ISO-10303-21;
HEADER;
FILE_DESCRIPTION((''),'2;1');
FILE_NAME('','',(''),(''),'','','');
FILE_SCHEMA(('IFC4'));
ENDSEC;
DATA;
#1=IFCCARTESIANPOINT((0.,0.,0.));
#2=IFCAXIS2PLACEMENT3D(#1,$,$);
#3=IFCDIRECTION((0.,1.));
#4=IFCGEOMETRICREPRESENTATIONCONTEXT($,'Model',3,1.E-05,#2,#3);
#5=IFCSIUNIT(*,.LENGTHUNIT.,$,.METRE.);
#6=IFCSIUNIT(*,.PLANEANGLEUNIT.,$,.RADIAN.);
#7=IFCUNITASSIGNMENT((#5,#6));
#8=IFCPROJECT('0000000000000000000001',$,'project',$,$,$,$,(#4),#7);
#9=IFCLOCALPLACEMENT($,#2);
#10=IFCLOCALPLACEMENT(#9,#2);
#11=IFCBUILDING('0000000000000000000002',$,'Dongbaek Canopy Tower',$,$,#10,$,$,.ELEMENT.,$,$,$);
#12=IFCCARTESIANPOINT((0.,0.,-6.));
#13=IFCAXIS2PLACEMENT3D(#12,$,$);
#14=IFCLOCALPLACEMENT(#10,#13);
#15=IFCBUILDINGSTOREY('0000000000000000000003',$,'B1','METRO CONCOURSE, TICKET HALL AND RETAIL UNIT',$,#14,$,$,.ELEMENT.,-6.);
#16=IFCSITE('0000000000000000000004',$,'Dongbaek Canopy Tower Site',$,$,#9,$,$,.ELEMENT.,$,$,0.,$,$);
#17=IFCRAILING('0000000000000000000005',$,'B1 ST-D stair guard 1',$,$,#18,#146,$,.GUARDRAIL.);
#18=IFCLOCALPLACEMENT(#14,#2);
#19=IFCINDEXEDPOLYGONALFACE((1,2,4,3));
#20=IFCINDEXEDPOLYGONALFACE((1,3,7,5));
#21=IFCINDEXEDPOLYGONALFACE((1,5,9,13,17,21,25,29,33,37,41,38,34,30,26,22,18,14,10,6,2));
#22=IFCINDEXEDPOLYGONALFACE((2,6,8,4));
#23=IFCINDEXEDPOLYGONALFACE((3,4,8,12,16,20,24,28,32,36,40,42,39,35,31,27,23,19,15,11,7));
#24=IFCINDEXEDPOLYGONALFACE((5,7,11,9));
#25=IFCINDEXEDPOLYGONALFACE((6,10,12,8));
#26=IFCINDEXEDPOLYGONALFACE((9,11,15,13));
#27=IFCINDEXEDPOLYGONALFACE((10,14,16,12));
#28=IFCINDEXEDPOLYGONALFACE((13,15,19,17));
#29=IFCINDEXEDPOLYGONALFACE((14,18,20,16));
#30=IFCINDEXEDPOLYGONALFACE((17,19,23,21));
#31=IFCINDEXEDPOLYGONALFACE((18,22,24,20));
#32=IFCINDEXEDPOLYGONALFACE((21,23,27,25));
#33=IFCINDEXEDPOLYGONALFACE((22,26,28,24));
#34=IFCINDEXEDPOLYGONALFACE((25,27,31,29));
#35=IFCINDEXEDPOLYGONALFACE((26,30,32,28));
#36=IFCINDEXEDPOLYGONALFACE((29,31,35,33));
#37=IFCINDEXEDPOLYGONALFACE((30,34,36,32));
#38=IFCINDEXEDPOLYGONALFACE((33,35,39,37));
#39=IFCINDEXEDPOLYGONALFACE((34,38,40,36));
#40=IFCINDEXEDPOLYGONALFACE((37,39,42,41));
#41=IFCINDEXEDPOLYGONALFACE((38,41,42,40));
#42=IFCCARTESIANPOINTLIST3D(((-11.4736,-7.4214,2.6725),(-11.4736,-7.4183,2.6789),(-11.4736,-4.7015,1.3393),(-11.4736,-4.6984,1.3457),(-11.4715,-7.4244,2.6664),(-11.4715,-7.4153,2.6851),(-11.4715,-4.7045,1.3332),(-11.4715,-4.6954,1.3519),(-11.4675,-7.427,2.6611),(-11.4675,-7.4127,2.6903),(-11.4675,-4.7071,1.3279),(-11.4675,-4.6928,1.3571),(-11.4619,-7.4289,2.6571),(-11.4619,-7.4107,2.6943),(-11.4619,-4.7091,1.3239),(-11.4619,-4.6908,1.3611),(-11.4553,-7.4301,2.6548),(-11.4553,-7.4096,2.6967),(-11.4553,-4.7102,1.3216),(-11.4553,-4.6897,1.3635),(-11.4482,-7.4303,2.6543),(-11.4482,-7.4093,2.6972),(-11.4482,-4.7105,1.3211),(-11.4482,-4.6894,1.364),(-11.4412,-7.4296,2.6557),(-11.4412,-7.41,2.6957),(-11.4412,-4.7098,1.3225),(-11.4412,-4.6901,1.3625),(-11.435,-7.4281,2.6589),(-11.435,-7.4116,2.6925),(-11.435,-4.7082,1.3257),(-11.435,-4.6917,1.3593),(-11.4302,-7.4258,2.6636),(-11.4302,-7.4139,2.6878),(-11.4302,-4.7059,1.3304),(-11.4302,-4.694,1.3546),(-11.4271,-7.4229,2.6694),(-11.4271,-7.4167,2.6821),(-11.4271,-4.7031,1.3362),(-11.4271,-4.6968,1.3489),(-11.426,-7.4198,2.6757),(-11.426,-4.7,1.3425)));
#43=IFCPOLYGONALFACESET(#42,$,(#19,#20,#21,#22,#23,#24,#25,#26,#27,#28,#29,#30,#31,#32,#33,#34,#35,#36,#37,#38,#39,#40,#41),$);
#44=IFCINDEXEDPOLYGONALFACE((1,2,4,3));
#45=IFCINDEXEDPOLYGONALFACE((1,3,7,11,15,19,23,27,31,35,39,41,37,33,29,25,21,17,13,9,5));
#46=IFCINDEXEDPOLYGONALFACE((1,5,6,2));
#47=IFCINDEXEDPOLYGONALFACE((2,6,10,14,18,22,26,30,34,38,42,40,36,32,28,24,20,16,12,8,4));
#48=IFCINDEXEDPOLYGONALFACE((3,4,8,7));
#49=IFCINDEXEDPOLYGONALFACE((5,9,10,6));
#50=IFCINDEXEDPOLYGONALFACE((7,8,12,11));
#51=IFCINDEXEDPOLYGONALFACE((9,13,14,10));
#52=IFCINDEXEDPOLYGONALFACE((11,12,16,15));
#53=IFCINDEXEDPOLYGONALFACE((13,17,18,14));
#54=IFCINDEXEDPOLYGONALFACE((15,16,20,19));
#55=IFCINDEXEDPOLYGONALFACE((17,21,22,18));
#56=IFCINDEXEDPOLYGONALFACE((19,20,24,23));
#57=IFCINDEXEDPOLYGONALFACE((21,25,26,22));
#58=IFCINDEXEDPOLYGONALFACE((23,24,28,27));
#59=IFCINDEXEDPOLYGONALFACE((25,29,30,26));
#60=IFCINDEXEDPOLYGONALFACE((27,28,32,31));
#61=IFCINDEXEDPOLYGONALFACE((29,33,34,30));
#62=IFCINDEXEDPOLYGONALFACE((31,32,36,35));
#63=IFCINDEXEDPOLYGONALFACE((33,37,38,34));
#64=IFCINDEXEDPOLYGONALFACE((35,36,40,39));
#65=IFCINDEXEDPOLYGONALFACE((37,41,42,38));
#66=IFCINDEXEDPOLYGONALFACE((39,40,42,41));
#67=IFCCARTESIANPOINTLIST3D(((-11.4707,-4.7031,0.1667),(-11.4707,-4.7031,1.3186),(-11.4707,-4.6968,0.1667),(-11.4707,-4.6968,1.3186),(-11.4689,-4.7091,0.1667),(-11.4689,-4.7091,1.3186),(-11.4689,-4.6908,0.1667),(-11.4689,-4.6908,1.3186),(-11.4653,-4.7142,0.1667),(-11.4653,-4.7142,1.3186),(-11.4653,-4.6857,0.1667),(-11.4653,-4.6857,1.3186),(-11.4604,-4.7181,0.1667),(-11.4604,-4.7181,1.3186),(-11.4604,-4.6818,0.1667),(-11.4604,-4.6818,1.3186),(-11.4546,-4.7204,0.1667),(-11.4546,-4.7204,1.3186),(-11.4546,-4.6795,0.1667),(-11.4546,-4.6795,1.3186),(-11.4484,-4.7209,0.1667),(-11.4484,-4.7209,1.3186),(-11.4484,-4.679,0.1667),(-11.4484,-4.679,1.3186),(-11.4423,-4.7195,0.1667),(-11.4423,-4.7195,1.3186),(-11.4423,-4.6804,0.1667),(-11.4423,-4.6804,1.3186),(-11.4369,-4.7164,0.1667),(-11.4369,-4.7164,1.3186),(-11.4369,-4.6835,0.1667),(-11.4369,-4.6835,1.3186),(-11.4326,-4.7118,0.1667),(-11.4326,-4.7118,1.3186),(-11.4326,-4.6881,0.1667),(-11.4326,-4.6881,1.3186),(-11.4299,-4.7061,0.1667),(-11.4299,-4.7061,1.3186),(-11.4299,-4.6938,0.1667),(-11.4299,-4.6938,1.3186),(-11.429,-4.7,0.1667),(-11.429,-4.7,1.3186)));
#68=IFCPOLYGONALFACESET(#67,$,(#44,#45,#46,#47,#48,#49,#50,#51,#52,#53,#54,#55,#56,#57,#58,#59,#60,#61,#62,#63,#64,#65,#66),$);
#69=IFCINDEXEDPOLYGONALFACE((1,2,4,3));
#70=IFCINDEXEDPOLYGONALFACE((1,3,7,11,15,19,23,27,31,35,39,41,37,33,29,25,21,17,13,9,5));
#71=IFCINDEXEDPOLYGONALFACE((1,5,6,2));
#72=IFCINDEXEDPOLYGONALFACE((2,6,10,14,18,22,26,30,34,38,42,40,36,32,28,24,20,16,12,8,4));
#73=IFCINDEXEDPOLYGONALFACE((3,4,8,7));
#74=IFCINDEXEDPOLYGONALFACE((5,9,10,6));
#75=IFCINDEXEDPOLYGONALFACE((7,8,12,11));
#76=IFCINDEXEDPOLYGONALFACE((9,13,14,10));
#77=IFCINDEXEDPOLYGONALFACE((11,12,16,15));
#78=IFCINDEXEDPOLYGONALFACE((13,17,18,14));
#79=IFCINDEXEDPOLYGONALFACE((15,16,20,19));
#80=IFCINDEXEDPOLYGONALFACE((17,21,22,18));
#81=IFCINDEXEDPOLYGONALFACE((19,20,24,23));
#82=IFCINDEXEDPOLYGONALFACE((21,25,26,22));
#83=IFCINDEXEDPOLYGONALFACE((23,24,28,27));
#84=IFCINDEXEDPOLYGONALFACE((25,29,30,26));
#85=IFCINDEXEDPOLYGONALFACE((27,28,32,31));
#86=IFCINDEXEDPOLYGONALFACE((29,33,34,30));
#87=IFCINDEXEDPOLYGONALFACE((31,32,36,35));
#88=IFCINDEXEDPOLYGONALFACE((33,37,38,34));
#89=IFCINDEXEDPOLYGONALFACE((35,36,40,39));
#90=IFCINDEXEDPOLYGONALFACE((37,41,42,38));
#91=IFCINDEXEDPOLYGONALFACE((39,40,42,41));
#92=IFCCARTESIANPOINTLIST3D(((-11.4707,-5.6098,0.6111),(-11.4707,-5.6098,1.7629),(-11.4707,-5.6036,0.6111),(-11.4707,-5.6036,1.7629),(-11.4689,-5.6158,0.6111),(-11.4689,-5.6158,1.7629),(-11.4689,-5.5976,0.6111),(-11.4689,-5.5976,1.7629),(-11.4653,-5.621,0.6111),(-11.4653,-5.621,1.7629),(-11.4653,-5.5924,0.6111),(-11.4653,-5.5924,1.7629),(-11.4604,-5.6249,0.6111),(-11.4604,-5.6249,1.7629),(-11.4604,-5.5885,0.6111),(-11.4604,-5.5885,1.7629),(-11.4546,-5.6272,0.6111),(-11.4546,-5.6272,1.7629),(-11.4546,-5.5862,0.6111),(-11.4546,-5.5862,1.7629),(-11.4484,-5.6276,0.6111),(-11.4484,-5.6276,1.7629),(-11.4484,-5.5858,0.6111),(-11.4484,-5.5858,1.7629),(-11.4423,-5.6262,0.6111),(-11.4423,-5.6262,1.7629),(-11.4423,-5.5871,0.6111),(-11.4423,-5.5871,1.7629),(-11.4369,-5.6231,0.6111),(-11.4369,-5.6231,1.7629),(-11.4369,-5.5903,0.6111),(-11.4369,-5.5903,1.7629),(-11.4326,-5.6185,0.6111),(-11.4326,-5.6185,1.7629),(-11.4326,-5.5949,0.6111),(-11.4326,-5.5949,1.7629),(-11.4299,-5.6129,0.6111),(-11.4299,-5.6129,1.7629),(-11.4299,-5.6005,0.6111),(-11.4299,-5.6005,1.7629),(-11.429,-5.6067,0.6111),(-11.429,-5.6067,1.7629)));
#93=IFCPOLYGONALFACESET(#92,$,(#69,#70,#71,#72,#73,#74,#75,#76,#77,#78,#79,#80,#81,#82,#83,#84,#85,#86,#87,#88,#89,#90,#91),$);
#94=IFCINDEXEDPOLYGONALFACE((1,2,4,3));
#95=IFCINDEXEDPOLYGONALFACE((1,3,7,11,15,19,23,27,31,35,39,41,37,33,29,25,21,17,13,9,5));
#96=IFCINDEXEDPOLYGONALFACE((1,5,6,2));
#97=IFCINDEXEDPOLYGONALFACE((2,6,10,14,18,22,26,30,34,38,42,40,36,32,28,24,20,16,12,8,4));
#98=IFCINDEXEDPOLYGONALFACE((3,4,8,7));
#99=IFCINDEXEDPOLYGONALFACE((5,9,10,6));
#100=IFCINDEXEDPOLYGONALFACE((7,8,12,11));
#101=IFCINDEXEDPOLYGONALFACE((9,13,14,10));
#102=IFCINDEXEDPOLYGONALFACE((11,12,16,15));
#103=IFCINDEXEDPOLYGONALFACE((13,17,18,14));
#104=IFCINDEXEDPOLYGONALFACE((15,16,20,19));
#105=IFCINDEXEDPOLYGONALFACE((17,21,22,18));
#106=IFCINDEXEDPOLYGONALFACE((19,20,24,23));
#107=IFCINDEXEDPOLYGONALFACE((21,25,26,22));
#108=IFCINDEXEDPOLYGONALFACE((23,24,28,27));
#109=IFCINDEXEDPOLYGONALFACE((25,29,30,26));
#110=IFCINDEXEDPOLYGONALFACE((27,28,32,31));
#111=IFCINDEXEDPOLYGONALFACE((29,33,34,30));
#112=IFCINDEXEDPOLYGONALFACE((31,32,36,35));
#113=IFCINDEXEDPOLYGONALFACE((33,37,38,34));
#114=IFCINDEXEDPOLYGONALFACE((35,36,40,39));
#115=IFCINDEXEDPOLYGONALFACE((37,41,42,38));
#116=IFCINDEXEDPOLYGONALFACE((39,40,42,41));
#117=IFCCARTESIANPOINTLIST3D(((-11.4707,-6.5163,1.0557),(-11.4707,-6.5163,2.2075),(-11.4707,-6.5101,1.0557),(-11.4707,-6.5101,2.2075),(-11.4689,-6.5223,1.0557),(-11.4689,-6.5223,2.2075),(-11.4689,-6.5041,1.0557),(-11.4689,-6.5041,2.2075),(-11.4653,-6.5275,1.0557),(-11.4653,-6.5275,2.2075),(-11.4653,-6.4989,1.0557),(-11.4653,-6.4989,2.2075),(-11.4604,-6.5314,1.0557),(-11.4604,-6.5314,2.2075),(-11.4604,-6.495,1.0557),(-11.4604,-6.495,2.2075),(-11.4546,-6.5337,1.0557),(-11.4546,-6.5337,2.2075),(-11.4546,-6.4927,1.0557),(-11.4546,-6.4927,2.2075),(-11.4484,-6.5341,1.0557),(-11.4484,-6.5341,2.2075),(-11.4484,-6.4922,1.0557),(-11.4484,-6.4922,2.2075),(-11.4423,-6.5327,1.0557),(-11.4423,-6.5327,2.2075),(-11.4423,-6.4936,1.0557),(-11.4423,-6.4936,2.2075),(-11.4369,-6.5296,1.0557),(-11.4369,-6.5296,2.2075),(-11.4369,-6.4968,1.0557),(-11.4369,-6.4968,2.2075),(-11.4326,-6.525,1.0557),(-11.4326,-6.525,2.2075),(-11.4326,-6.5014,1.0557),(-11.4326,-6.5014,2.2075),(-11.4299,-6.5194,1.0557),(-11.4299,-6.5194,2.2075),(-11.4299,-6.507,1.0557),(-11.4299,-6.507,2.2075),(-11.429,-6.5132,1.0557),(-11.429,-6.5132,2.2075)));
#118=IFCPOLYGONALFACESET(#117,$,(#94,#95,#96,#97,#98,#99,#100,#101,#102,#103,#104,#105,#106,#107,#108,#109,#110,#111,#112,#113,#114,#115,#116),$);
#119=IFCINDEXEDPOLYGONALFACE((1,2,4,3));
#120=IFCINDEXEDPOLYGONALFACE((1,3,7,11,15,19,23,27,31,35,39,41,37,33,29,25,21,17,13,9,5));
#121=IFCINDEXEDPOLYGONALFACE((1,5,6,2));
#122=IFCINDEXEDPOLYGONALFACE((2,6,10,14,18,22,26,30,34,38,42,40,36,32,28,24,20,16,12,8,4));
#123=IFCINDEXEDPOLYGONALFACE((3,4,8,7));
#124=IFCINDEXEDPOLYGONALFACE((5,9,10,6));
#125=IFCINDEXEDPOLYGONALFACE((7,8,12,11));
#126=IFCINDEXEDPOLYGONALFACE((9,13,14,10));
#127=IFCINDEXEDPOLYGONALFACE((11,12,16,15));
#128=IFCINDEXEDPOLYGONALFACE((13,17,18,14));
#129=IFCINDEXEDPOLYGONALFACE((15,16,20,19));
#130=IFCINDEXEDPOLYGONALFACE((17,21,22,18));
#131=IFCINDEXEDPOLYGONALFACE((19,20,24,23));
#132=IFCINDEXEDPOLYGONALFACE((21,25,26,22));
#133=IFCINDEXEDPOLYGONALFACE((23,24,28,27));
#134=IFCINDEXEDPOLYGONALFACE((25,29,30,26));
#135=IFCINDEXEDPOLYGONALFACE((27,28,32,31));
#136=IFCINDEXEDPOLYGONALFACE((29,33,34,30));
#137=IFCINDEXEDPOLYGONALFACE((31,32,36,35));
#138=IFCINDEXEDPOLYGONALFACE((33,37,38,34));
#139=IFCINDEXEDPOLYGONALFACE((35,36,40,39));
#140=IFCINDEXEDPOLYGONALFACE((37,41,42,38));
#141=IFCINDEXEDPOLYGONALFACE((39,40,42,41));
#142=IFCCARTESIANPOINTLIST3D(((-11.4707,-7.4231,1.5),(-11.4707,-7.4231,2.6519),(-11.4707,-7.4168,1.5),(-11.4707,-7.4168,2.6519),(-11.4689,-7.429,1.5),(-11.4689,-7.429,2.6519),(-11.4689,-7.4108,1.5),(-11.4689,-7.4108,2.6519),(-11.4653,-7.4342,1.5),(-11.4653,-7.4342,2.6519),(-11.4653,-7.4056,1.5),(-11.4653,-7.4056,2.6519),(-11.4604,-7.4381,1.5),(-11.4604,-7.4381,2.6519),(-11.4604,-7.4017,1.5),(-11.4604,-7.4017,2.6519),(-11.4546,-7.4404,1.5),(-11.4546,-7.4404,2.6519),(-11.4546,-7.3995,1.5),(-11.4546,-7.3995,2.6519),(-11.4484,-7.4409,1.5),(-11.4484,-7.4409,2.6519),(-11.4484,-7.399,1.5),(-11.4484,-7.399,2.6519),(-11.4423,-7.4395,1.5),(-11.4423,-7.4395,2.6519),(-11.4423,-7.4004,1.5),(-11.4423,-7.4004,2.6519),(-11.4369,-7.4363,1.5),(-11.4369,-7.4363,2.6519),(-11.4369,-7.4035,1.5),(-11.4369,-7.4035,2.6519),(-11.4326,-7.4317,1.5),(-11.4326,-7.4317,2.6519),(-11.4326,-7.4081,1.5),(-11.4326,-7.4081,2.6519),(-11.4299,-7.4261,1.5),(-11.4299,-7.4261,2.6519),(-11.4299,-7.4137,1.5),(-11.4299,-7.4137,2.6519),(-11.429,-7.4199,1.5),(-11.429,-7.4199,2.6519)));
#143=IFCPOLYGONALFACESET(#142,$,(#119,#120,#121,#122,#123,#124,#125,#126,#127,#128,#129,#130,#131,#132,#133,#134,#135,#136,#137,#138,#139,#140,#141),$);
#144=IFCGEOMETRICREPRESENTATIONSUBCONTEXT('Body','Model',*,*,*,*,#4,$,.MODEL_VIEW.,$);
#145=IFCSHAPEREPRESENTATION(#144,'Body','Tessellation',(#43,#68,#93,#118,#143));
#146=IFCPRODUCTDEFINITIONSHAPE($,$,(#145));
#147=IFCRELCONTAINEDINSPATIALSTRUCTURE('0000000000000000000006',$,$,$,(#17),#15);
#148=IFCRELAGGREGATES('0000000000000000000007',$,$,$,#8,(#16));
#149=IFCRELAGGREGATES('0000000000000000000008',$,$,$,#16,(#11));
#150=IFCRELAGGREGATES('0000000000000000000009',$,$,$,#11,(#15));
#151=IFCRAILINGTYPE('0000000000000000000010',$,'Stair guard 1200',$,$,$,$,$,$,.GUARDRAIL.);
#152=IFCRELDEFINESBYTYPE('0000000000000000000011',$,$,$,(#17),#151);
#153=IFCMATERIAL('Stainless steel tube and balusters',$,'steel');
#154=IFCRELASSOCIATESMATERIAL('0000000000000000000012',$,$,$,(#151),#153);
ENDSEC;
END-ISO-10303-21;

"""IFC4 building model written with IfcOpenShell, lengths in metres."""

from ifc_helpers import new_model, si_unit, direction, frame, origin, origin_2d, place, context, subcontext, project, spatial, circle, extrude, material, type_object, element, save


model = new_model("IFC4")

# Units and contexts
model_context = context("Model", 3, precision=1e-05, world=origin(), true_north=direction((0.0, 1.0)))
body_context = subcontext(model_context, "Body", "Model", "MODEL_VIEW")
ifc_project = project(units=[si_unit("LENGTHUNIT", "METRE"), si_unit("PLANEANGLEUNIT", "RADIAN")], contexts=[model_context])

# Site, building, storey
site_placement = place(None, origin())
site = spatial("IfcSite", under=ifc_project, at=site_placement, Name="Dongbaek Canopy Tower Site", CompositionType="ELEMENT", RefElevation=0.0)
building_placement = place(site_placement, origin())
building = spatial("IfcBuilding", under=site, at=building_placement, Name="Dongbaek Canopy Tower", CompositionType="ELEMENT")
storey_placement = place(building_placement, frame((0.0, 0.0, -6.0)))
storey = spatial("IfcBuildingStorey", under=building, at=storey_placement, Name="B1", Description="METRO CONCOURSE, TICKET HALL AND RETAIL UNIT", CompositionType="ELEMENT", Elevation=-6.0)

# Railing
ifc_material_1 = material(Name="Stainless steel tube and balusters", Category="steel")
railing_type_1 = type_object("IfcRailingType", Name="Stair guard 1200", PredefinedType="GUARDRAIL", material=ifc_material_1)
railing_1_placement = place(storey_placement, frame((-11.45, -4.7, 0.1667)))
element("IfcRailing", 1, at=railing_1_placement, inside=storey, type_object=railing_type_1, Name="B1 ST-D stair guard 1", PredefinedType="GUARDRAIL", context=body_context, shape_type="SweptSolid", body=[
    extrude(circle(Radius=0.0239, at=origin_2d()), frame((0.0, 0.0, 1.1758), z_axis=(0.0, -0.897929, 0.440139), x_axis=(1.0, 0.0, 0.0)), (0.0, 0.0, 1.0), 3.0291),
    extrude(circle(Radius=0.021, at=origin_2d()), origin(), (0.0, 0.0, 1.0), 1.1519),
    extrude(circle(Radius=0.021, at=origin_2d()), frame((0.0, -0.9067, 0.4443)), (0.0, 0.0, 1.0), 1.1519),
    extrude(circle(Radius=0.021, at=origin_2d()), frame((0.0, -1.8132, 0.8889)), (0.0, 0.0, 1.0), 1.1519),
    extrude(circle(Radius=0.021, at=origin_2d()), frame((0.0, -2.72, 1.3333)), (0.0, 0.0, 1.0), 1.1519),
])

save(model, "model.ifc")
